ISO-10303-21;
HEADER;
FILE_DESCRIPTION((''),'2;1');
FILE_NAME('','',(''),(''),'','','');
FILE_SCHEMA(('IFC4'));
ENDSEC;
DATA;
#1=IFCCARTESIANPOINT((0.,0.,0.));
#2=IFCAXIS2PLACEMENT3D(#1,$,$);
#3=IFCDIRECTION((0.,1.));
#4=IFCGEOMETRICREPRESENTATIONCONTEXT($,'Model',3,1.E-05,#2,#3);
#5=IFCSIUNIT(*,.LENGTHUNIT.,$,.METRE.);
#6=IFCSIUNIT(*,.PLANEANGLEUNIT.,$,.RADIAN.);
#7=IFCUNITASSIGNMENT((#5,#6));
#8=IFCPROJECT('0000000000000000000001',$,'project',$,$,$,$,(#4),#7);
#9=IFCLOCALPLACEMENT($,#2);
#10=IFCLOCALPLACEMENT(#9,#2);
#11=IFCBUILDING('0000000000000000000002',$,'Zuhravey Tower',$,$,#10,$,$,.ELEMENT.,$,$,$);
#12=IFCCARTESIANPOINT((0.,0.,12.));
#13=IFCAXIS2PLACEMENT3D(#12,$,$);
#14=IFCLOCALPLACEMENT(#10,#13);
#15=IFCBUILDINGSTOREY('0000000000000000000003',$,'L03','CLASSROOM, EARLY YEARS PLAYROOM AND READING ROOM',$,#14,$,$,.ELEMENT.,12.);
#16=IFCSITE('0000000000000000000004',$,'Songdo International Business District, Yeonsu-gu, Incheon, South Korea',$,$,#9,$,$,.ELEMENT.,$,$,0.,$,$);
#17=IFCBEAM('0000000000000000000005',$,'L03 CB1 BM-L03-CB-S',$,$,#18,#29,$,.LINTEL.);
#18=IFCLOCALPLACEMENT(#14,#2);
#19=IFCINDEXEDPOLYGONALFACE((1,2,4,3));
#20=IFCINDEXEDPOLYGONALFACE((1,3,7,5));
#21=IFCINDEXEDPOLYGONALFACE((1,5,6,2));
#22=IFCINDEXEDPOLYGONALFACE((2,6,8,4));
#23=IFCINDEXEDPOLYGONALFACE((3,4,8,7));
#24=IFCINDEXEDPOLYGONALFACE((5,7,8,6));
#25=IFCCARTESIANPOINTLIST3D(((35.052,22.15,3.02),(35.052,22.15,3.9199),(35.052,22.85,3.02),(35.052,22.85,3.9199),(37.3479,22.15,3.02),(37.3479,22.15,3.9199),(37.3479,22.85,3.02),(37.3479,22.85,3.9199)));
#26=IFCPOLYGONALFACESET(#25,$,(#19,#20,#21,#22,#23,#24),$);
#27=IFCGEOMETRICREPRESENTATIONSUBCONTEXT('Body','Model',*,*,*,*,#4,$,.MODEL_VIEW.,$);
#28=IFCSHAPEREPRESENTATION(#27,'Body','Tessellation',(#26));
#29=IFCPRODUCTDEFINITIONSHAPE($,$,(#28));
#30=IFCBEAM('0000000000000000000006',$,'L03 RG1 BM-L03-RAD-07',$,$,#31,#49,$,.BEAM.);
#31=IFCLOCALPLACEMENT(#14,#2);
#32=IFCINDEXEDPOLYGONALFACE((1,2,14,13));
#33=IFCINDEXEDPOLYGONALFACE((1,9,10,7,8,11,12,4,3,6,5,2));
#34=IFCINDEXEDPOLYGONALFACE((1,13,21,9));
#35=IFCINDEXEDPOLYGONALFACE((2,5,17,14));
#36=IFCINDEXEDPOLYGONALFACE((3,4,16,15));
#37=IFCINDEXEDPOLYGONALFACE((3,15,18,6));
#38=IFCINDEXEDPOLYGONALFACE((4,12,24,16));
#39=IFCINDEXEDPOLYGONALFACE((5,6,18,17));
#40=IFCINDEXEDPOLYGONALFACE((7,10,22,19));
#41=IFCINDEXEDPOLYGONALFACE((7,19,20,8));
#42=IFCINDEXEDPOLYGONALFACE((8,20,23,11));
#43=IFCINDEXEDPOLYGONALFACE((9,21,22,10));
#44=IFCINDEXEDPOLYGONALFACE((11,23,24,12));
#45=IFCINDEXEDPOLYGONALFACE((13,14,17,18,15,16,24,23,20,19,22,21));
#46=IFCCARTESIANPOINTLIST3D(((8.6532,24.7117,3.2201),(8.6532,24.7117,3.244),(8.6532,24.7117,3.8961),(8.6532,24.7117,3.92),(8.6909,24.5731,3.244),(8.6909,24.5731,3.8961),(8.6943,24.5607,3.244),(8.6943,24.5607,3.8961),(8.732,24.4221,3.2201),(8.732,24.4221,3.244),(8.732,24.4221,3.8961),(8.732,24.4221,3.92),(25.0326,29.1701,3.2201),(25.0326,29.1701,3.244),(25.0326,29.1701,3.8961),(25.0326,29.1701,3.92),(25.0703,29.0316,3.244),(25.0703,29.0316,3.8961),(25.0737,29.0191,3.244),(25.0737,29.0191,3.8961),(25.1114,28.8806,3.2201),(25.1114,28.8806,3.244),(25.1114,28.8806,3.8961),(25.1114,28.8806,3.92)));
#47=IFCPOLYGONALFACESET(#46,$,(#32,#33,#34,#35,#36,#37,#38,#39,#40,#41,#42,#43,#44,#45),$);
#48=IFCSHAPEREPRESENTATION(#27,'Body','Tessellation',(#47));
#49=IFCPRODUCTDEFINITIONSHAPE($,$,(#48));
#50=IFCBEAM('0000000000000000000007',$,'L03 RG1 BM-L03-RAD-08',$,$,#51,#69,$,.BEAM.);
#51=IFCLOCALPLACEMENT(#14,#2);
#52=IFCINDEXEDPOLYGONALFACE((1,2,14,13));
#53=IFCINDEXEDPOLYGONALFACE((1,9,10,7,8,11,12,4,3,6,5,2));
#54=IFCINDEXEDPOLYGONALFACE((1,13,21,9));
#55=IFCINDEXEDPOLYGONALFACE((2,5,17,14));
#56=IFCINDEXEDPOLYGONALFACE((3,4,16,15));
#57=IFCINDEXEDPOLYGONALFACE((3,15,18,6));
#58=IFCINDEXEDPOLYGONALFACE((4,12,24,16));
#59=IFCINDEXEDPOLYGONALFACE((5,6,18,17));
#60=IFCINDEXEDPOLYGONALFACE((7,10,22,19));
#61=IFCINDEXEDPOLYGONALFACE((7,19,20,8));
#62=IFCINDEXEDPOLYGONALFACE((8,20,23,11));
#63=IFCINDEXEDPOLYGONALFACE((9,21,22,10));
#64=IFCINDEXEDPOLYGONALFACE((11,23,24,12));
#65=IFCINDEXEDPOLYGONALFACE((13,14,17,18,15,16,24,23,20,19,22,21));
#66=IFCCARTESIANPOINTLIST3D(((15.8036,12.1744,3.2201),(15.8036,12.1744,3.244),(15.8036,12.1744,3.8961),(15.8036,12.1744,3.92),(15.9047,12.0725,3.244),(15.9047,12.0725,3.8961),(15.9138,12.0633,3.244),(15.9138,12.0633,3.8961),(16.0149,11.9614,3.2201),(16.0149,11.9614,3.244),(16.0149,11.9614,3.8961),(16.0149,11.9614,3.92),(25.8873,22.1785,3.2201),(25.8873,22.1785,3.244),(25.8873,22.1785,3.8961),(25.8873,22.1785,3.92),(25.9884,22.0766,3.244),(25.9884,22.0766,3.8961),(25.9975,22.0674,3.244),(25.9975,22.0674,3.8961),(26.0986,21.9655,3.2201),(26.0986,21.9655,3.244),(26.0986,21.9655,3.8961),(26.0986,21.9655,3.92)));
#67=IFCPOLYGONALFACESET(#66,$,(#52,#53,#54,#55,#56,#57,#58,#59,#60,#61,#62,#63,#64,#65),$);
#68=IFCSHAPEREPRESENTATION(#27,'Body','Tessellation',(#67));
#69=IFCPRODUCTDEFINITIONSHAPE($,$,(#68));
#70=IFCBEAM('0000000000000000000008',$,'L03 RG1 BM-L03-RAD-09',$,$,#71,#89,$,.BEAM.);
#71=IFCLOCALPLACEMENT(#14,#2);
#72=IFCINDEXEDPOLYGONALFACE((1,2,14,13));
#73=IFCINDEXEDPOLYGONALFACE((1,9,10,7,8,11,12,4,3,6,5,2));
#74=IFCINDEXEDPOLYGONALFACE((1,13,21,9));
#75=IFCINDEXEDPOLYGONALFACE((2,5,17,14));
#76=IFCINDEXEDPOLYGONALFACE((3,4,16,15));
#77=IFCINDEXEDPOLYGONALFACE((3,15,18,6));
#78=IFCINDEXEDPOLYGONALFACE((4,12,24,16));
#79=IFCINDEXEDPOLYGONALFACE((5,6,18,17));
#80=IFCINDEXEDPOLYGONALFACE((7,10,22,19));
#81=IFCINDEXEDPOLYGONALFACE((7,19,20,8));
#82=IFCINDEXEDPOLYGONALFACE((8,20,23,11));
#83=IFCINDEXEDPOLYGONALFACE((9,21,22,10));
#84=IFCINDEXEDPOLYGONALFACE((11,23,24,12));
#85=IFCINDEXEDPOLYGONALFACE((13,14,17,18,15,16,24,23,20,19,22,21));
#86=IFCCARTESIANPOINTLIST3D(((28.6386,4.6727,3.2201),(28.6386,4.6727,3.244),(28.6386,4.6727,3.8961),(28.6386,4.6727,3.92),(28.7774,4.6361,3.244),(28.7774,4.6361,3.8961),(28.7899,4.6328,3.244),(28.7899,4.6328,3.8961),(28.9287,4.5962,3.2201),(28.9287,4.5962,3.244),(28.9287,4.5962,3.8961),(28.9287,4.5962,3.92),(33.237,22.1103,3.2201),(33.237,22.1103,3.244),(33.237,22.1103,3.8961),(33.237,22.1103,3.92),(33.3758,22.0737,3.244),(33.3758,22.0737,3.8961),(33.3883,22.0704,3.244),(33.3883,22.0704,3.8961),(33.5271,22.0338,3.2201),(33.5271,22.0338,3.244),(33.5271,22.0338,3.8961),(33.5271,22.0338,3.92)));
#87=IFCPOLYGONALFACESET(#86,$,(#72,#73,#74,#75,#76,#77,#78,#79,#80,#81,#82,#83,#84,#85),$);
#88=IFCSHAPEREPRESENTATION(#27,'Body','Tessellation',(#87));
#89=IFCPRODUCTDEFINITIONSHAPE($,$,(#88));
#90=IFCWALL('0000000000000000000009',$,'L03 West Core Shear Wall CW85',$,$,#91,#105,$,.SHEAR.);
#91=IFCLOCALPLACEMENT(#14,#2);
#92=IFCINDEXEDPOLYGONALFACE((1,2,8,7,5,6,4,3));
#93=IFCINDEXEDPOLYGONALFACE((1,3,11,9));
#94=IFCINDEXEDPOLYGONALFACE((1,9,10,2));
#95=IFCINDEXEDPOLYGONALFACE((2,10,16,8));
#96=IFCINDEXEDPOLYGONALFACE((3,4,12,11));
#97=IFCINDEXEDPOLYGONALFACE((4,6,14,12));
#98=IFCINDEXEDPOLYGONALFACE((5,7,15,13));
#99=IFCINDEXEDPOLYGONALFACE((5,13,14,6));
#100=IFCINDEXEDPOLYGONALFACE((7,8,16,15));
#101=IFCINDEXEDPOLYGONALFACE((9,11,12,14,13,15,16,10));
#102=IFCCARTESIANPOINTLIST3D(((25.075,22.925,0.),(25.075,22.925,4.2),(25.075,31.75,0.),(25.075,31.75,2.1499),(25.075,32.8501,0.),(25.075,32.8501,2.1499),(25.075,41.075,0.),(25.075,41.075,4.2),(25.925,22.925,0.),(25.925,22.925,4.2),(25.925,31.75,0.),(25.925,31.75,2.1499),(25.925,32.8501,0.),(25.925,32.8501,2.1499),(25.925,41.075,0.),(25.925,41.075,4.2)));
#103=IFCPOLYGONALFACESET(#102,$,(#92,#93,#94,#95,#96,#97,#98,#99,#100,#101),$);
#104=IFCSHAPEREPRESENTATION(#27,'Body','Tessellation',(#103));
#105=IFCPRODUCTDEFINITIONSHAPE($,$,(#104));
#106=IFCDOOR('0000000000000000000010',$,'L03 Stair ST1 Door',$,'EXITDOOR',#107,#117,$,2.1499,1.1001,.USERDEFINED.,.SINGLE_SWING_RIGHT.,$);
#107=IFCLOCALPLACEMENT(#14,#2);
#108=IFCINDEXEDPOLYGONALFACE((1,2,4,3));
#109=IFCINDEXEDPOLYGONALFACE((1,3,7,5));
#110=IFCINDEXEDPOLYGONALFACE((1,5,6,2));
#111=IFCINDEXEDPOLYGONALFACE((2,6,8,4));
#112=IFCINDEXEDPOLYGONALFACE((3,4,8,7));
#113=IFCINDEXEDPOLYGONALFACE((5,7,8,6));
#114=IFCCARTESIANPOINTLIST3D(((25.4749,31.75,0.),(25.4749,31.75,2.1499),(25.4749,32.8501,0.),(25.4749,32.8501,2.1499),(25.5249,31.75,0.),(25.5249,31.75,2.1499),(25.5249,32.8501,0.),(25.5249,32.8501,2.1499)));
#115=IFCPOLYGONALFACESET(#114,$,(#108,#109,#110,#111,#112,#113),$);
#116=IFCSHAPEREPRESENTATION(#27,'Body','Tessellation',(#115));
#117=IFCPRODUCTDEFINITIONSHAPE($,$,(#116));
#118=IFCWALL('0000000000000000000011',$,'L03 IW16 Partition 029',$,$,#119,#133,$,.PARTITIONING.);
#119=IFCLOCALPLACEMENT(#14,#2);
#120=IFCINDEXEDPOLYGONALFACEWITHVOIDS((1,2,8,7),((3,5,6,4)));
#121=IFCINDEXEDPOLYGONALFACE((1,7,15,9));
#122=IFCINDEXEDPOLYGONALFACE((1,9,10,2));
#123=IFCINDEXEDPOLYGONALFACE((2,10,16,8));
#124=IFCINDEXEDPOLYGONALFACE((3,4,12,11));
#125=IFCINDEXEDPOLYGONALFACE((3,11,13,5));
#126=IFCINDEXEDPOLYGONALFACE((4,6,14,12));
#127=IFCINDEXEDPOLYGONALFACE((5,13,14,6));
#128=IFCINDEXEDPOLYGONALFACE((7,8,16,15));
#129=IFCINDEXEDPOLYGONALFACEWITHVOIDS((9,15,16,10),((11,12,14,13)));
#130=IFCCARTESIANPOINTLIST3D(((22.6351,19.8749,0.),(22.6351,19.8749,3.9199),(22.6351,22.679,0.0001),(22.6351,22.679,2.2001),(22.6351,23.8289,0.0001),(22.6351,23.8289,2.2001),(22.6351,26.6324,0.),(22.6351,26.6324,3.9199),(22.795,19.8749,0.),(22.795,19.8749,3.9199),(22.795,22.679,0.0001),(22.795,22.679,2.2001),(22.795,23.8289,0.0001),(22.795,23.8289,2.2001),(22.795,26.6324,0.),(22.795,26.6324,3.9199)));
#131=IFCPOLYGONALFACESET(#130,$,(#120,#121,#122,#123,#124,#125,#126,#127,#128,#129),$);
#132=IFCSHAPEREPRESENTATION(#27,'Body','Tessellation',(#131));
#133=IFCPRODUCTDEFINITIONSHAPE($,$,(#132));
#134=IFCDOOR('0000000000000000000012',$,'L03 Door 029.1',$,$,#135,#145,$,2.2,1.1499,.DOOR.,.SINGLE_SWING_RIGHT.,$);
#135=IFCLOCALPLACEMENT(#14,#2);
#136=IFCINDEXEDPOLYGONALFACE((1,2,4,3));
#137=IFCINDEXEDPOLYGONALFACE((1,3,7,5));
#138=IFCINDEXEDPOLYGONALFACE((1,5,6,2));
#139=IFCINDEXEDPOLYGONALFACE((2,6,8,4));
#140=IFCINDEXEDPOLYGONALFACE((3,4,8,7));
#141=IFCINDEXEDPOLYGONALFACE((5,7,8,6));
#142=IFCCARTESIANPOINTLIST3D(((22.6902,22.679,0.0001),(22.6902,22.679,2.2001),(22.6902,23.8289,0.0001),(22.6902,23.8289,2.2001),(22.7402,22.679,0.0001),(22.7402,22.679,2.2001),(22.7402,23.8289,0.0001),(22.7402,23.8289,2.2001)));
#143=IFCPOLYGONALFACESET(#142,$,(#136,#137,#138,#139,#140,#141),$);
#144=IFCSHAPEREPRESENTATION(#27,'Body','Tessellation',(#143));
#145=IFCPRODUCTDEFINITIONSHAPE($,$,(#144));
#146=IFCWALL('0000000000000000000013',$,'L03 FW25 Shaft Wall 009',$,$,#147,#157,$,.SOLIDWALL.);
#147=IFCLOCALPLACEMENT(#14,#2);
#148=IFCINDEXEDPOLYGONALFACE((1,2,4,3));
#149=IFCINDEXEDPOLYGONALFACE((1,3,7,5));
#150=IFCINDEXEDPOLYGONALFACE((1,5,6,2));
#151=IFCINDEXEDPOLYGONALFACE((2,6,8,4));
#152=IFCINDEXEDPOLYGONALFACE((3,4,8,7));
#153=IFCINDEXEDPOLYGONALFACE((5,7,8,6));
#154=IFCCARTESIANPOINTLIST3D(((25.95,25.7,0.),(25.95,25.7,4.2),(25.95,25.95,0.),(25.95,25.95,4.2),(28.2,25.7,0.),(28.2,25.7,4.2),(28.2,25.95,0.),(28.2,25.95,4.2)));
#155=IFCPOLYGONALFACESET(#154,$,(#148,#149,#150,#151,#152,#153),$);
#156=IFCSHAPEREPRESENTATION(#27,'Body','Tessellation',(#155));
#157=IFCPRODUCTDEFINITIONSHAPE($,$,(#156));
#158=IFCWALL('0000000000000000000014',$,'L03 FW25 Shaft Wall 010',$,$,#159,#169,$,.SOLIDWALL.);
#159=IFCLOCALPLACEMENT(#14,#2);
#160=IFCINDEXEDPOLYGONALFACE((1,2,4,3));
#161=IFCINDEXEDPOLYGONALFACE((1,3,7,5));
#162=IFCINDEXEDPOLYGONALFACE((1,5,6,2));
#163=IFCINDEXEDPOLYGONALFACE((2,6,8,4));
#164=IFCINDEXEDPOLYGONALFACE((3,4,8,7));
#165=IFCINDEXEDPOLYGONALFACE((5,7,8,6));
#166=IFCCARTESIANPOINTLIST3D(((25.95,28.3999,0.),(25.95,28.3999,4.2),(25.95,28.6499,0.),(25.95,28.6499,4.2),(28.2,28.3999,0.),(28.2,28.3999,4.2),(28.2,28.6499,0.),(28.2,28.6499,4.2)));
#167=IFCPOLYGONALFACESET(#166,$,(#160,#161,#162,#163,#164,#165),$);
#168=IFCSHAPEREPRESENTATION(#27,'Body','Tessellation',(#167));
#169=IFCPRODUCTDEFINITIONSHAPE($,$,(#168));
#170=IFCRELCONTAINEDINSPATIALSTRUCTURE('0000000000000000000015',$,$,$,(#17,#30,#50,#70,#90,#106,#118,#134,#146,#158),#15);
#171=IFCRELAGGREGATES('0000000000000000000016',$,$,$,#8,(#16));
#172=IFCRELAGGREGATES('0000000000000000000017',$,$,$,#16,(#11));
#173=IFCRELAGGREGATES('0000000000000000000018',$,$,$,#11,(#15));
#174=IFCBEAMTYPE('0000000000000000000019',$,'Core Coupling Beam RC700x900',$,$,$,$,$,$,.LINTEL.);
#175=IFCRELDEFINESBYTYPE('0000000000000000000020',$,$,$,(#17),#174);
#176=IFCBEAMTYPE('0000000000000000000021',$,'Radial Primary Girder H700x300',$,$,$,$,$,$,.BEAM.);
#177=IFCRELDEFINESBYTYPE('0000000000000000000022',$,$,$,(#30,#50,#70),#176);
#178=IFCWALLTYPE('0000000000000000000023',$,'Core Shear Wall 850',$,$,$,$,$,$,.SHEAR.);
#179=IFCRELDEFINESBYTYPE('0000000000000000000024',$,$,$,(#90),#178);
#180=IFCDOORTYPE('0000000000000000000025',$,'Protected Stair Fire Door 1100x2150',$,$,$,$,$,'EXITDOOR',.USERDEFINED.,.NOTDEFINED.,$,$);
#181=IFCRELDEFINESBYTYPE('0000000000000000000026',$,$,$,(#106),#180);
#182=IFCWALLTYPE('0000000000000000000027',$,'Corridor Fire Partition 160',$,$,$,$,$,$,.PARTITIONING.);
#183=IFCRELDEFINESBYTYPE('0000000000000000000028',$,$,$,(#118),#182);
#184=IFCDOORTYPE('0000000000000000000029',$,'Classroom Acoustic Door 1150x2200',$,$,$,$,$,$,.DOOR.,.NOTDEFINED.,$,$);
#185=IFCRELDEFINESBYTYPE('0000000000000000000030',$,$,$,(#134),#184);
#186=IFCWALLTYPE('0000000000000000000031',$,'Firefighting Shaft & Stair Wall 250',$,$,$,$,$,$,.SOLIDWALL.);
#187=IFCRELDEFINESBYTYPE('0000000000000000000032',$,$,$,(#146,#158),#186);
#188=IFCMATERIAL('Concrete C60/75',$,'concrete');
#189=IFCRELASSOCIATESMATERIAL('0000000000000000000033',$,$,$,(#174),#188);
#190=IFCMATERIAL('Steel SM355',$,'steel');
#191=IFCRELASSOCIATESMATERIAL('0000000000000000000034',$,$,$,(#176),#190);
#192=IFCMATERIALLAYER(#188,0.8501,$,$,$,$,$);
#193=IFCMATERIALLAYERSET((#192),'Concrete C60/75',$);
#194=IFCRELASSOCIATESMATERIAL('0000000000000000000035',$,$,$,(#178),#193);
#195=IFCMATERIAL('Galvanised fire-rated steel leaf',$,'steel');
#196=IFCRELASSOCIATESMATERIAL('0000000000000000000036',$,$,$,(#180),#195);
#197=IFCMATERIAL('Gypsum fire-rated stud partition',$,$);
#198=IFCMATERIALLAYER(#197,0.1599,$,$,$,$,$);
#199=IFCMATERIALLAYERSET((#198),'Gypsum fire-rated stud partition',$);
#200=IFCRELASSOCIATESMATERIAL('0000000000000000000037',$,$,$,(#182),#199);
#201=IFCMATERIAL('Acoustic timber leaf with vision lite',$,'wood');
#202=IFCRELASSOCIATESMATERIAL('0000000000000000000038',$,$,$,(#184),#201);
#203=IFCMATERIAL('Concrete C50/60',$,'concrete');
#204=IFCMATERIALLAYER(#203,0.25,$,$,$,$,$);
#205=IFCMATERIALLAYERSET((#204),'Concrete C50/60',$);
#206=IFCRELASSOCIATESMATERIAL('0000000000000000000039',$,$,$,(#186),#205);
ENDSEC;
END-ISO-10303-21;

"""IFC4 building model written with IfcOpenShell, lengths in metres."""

from ifc_helpers import new_model, si_unit, direction, frame, frame_2d, origin, origin_2d, place, context, subcontext, project, spatial, rectangle, i_section, extrude, material, layer, layer_set, material_profile, profile_set, type_object, element, fill, save


model = new_model("IFC4")

# Units and contexts
model_context = context("Model", 3, precision=1e-05, world=origin(), true_north=direction((0.0, 1.0)))
body_context = subcontext(model_context, "Body", "Model", "MODEL_VIEW")
ifc_project = project(units=[si_unit("LENGTHUNIT", "METRE"), si_unit("PLANEANGLEUNIT", "RADIAN")], contexts=[model_context])

# Site, building, storey
site_placement = place(None, origin())
site = spatial("IfcSite", under=ifc_project, at=site_placement, Name="Songdo International Business District, Yeonsu-gu, Incheon, South Korea", CompositionType="ELEMENT", RefElevation=0.0)
building_placement = place(site_placement, origin())
building = spatial("IfcBuilding", under=site, at=building_placement, Name="Zuhravey Tower", CompositionType="ELEMENT")
storey_placement = place(building_placement, frame((0.0, 0.0, 12.0)))
storey = spatial("IfcBuildingStorey", under=building, at=storey_placement, Name="L03", Description="CLASSROOM, EARLY YEARS PLAYROOM AND READING ROOM", CompositionType="ELEMENT", Elevation=12.0)

# Beams
ifc_material_1 = material(Name="Concrete C60/75", Category="concrete")
ifc_material_profile_1 = material_profile(ifc_material_1, rectangle(XDim=0.7, YDim=0.8999, at=origin_2d()), Name="RC-700x900")
ifc_profile_set_1 = profile_set([ifc_material_profile_1], Name="Concrete C60/75")
beam_type_1 = type_object("IfcBeamType", Name="Core Coupling Beam RC700x900", PredefinedType="LINTEL", material=ifc_profile_set_1)
beam_1_placement = place(storey_placement, frame((35.052, 22.5, 3.47), z_axis=(1.0, 0.0, 0.0), x_axis=(0.0, 1.0, 0.0)))
element("IfcBeam", 1, at=beam_1_placement, inside=storey, type_object=beam_type_1, Name="L03 CB1 BM-L03-CB-S", PredefinedType="LINTEL", context=body_context, shape_type="SweptSolid", body=[
    extrude(rectangle(XDim=0.7, YDim=0.8999, at=origin_2d()), origin(), (0.0, 0.0, 1.0), 2.2959),
])
ifc_material_2 = material(Name="Steel SM355", Category="steel")
ifc_material_profile_2 = material_profile(ifc_material_2, i_section(OverallWidth=0.3, OverallDepth=0.7, WebThickness=0.0129, FlangeThickness=0.0239, at=origin_2d()), Name="H-700x300x13x24")
ifc_profile_set_2 = profile_set([ifc_material_profile_2], Name="Steel SM355")
beam_type_2 = type_object("IfcBeamType", Name="Radial Primary Girder H700x300", PredefinedType="BEAM", material=ifc_profile_set_2)
beam_2_placement = place(storey_placement, frame((25.072, 29.0254, 3.5701), z_axis=(-0.964892, -0.262645, 0.0), x_axis=(0.262645, -0.964892, 0.0)))
element("IfcBeam", 2, at=beam_2_placement, inside=storey, type_object=beam_type_2, Name="L03 RG1 BM-L03-RAD-07", PredefinedType="BEAM", context=body_context, shape_type="SweptSolid", body=[
    extrude(i_section(OverallWidth=0.3, OverallDepth=0.7, WebThickness=0.0129, FlangeThickness=0.0239, at=origin_2d()), origin(), (0.0, 0.0, 1.0), 16.9753),
])
beam_3_placement = place(storey_placement, frame((25.9929, 22.072, 3.5701), z_axis=(-0.709903, -0.7043, 0.0), x_axis=(0.7043, -0.709903, 0.0)))
element("IfcBeam", 3, at=beam_3_placement, inside=storey, type_object=beam_type_2, Name="L03 RG1 BM-L03-RAD-08", PredefinedType="BEAM", context=body_context, shape_type="SweptSolid", body=[
    extrude(i_section(OverallWidth=0.3, OverallDepth=0.7, WebThickness=0.0129, FlangeThickness=0.0239, at=origin_2d()), origin(), (0.0, 0.0, 1.0), 14.2043),
])
beam_4_placement = place(storey_placement, frame((33.3821, 22.072, 3.5701), z_axis=(-0.25499, -0.966944, 0.0), x_axis=(0.966944, -0.25499, 0.0)))
element("IfcBeam", 4, at=beam_4_placement, inside=storey, type_object=beam_type_2, Name="L03 RG1 BM-L03-RAD-09", PredefinedType="BEAM", context=body_context, shape_type="SweptSolid", body=[
    extrude(i_section(OverallWidth=0.3, OverallDepth=0.7, WebThickness=0.0129, FlangeThickness=0.0239, at=origin_2d()), origin(), (0.0, 0.0, 1.0), 18.0337),
])

# Walls, openings, doors
ifc_layer_1 = layer(ifc_material_1, 0.8501)
ifc_layer_set_1 = layer_set([ifc_layer_1], Name="Concrete C60/75")
wall_type_1 = type_object("IfcWallType", Name="Core Shear Wall 850", PredefinedType="SHEAR", material=ifc_layer_set_1)
ifc_material_3 = material(Name="Galvanised fire-rated steel leaf", Category="steel")
wall_1_placement = place(storey_placement, frame((25.5, 22.925, 0.0), z_axis=(0.0, 0.0, 1.0), x_axis=(0.0, 1.0, 0.0)))
wall_1 = element("IfcWall", 5, at=wall_1_placement, inside=storey, type_object=wall_type_1, Name="L03 West Core Shear Wall CW85", PredefinedType="SHEAR", context=body_context, shape_type="SweptSolid", body=[
    extrude(rectangle(XDim=18.1499, YDim=0.8501, at=frame_2d((9.075, 0.0))), origin(), (0.0, 0.0, 1.0), 4.2),
])
opening_1_placement = place(wall_1_placement, frame((8.825, 0.0, 0.0)))
opening_1 = element("IfcOpeningElement", 6, at=opening_1_placement, cuts=wall_1, PredefinedType="OPENING", context=body_context, shape_type="SweptSolid", body=[
    extrude(rectangle(XDim=1.1001, YDim=2.1499, at=frame_2d((0.55, 1.075))), frame((0.0, 0.437, 0.0), z_axis=(0.0, -1.0, 0.0), x_axis=(1.0, 0.0, 0.0)), (0.0, 0.0, 1.0), 0.874),
])
door_type_1 = type_object("IfcDoorType", Name="Protected Stair Fire Door 1100x2150", ElementType="EXITDOOR", OperationType="NOTDEFINED", PredefinedType="USERDEFINED", material=ifc_material_3)
door_1_placement = place(opening_1_placement, frame((1.1001, 0.0, 0.0), z_axis=(0.0, 0.0, 1.0), x_axis=(-1.0, 0.0, 0.0)))
door_1 = element("IfcDoor", 7, at=door_1_placement, inside=storey, type_object=door_type_1, Name="L03 Stair ST1 Door", ObjectType="EXITDOOR", OperationType="SINGLE_SWING_RIGHT", OverallHeight=2.1499, OverallWidth=1.1001, PredefinedType="USERDEFINED", context=body_context, shape_type="SweptSolid", body=[
    extrude(rectangle(XDim=1.1001, YDim=2.1499, at=frame_2d((0.55, 1.075))), frame((0.0, 0.0249, 0.0), z_axis=(0.0, -1.0, 0.0), x_axis=(1.0, 0.0, 0.0)), (0.0, 0.0, 1.0), 0.05),
])
fill(opening_1, door_1)
ifc_material_4 = material(Name="Gypsum fire-rated stud partition")
ifc_layer_2 = layer(ifc_material_4, 0.1599)
ifc_layer_set_2 = layer_set([ifc_layer_2], Name="Gypsum fire-rated stud partition")
wall_type_2 = type_object("IfcWallType", Name="Corridor Fire Partition 160", PredefinedType="PARTITIONING", material=ifc_layer_set_2)
wall_2_placement = place(storey_placement, frame((22.7151, 26.6326, 0.0), z_axis=(0.0, 0.0, 1.0), x_axis=(0.0, -1.0, 0.0)))
wall_2 = element("IfcWall", 8, at=wall_2_placement, inside=storey, type_object=wall_type_2, Name="L03 IW16 Partition 029", PredefinedType="PARTITIONING", context=body_context, shape_type="SweptSolid", body=[
    extrude(rectangle(XDim=6.7576, YDim=0.1599, at=frame_2d((3.3789, 0.0))), origin(), (0.0, 0.0, 1.0), 3.9199),
])
opening_2_placement = place(wall_2_placement, frame((2.8037, 0.0, 0.0)))
opening_2 = element("IfcOpeningElement", 9, at=opening_2_placement, cuts=wall_2, PredefinedType="OPENING", context=body_context, shape_type="SweptSolid", body=[
    extrude(rectangle(XDim=1.1499, YDim=2.2, at=frame_2d((0.575, 1.1001))), frame((0.0, 0.092, 0.0), z_axis=(0.0, -1.0, 0.0), x_axis=(1.0, 0.0, 0.0)), (0.0, 0.0, 1.0), 0.1838),
])
ifc_material_5 = material(Name="Acoustic timber leaf with vision lite", Category="wood")
door_type_2 = type_object("IfcDoorType", Name="Classroom Acoustic Door 1150x2200", OperationType="NOTDEFINED", PredefinedType="DOOR", material=ifc_material_5)
door_2_placement = place(opening_2_placement, frame((1.1499, 0.0, 0.0), z_axis=(0.0, 0.0, 1.0), x_axis=(-1.0, 0.0, 0.0)))
door_2 = element("IfcDoor", 10, at=door_2_placement, inside=storey, type_object=door_type_2, Name="L03 Door 029.1", OperationType="SINGLE_SWING_RIGHT", OverallHeight=2.2, OverallWidth=1.1499, PredefinedType="DOOR", context=body_context, shape_type="SweptSolid", body=[
    extrude(rectangle(XDim=1.1499, YDim=2.2, at=frame_2d((0.575, 1.1001))), frame((0.0, 0.0249, 0.0), z_axis=(0.0, -1.0, 0.0), x_axis=(1.0, 0.0, 0.0)), (0.0, 0.0, 1.0), 0.05),
])
fill(opening_2, door_2)
ifc_material_6 = material(Name="Concrete C50/60", Category="concrete")
ifc_layer_3 = layer(ifc_material_6, 0.25)
ifc_layer_set_3 = layer_set([ifc_layer_3], Name="Concrete C50/60")
wall_type_3 = type_object("IfcWallType", Name="Firefighting Shaft & Stair Wall 250", PredefinedType="SOLIDWALL", material=ifc_layer_set_3)

# Walls
for number, where, z_axis, x_axis, name in (
    (11, (25.95, 25.825, 0.0), (0.0, 0.0, 1.0), (1.0, 0.0, 0.0), "L03 FW25 Shaft Wall 009"),
    (12, (25.95, 28.5249, 0.0), (0.0, 0.0, 1.0), (1.0, 0.0, 0.0), "L03 FW25 Shaft Wall 010"),
):
    element("IfcWall", number, at=place(storey_placement, frame(where, z_axis=z_axis, x_axis=x_axis)), inside=storey, type_object=wall_type_3, Name=name, PredefinedType="SOLIDWALL", context=body_context, shape_type="SweptSolid", body=[
        extrude(rectangle(XDim=2.25, YDim=0.25, at=frame_2d((1.125, 0.0))), origin(), (0.0, 0.0, 1.0), 4.2),
    ])

save(model, "model.ifc")
